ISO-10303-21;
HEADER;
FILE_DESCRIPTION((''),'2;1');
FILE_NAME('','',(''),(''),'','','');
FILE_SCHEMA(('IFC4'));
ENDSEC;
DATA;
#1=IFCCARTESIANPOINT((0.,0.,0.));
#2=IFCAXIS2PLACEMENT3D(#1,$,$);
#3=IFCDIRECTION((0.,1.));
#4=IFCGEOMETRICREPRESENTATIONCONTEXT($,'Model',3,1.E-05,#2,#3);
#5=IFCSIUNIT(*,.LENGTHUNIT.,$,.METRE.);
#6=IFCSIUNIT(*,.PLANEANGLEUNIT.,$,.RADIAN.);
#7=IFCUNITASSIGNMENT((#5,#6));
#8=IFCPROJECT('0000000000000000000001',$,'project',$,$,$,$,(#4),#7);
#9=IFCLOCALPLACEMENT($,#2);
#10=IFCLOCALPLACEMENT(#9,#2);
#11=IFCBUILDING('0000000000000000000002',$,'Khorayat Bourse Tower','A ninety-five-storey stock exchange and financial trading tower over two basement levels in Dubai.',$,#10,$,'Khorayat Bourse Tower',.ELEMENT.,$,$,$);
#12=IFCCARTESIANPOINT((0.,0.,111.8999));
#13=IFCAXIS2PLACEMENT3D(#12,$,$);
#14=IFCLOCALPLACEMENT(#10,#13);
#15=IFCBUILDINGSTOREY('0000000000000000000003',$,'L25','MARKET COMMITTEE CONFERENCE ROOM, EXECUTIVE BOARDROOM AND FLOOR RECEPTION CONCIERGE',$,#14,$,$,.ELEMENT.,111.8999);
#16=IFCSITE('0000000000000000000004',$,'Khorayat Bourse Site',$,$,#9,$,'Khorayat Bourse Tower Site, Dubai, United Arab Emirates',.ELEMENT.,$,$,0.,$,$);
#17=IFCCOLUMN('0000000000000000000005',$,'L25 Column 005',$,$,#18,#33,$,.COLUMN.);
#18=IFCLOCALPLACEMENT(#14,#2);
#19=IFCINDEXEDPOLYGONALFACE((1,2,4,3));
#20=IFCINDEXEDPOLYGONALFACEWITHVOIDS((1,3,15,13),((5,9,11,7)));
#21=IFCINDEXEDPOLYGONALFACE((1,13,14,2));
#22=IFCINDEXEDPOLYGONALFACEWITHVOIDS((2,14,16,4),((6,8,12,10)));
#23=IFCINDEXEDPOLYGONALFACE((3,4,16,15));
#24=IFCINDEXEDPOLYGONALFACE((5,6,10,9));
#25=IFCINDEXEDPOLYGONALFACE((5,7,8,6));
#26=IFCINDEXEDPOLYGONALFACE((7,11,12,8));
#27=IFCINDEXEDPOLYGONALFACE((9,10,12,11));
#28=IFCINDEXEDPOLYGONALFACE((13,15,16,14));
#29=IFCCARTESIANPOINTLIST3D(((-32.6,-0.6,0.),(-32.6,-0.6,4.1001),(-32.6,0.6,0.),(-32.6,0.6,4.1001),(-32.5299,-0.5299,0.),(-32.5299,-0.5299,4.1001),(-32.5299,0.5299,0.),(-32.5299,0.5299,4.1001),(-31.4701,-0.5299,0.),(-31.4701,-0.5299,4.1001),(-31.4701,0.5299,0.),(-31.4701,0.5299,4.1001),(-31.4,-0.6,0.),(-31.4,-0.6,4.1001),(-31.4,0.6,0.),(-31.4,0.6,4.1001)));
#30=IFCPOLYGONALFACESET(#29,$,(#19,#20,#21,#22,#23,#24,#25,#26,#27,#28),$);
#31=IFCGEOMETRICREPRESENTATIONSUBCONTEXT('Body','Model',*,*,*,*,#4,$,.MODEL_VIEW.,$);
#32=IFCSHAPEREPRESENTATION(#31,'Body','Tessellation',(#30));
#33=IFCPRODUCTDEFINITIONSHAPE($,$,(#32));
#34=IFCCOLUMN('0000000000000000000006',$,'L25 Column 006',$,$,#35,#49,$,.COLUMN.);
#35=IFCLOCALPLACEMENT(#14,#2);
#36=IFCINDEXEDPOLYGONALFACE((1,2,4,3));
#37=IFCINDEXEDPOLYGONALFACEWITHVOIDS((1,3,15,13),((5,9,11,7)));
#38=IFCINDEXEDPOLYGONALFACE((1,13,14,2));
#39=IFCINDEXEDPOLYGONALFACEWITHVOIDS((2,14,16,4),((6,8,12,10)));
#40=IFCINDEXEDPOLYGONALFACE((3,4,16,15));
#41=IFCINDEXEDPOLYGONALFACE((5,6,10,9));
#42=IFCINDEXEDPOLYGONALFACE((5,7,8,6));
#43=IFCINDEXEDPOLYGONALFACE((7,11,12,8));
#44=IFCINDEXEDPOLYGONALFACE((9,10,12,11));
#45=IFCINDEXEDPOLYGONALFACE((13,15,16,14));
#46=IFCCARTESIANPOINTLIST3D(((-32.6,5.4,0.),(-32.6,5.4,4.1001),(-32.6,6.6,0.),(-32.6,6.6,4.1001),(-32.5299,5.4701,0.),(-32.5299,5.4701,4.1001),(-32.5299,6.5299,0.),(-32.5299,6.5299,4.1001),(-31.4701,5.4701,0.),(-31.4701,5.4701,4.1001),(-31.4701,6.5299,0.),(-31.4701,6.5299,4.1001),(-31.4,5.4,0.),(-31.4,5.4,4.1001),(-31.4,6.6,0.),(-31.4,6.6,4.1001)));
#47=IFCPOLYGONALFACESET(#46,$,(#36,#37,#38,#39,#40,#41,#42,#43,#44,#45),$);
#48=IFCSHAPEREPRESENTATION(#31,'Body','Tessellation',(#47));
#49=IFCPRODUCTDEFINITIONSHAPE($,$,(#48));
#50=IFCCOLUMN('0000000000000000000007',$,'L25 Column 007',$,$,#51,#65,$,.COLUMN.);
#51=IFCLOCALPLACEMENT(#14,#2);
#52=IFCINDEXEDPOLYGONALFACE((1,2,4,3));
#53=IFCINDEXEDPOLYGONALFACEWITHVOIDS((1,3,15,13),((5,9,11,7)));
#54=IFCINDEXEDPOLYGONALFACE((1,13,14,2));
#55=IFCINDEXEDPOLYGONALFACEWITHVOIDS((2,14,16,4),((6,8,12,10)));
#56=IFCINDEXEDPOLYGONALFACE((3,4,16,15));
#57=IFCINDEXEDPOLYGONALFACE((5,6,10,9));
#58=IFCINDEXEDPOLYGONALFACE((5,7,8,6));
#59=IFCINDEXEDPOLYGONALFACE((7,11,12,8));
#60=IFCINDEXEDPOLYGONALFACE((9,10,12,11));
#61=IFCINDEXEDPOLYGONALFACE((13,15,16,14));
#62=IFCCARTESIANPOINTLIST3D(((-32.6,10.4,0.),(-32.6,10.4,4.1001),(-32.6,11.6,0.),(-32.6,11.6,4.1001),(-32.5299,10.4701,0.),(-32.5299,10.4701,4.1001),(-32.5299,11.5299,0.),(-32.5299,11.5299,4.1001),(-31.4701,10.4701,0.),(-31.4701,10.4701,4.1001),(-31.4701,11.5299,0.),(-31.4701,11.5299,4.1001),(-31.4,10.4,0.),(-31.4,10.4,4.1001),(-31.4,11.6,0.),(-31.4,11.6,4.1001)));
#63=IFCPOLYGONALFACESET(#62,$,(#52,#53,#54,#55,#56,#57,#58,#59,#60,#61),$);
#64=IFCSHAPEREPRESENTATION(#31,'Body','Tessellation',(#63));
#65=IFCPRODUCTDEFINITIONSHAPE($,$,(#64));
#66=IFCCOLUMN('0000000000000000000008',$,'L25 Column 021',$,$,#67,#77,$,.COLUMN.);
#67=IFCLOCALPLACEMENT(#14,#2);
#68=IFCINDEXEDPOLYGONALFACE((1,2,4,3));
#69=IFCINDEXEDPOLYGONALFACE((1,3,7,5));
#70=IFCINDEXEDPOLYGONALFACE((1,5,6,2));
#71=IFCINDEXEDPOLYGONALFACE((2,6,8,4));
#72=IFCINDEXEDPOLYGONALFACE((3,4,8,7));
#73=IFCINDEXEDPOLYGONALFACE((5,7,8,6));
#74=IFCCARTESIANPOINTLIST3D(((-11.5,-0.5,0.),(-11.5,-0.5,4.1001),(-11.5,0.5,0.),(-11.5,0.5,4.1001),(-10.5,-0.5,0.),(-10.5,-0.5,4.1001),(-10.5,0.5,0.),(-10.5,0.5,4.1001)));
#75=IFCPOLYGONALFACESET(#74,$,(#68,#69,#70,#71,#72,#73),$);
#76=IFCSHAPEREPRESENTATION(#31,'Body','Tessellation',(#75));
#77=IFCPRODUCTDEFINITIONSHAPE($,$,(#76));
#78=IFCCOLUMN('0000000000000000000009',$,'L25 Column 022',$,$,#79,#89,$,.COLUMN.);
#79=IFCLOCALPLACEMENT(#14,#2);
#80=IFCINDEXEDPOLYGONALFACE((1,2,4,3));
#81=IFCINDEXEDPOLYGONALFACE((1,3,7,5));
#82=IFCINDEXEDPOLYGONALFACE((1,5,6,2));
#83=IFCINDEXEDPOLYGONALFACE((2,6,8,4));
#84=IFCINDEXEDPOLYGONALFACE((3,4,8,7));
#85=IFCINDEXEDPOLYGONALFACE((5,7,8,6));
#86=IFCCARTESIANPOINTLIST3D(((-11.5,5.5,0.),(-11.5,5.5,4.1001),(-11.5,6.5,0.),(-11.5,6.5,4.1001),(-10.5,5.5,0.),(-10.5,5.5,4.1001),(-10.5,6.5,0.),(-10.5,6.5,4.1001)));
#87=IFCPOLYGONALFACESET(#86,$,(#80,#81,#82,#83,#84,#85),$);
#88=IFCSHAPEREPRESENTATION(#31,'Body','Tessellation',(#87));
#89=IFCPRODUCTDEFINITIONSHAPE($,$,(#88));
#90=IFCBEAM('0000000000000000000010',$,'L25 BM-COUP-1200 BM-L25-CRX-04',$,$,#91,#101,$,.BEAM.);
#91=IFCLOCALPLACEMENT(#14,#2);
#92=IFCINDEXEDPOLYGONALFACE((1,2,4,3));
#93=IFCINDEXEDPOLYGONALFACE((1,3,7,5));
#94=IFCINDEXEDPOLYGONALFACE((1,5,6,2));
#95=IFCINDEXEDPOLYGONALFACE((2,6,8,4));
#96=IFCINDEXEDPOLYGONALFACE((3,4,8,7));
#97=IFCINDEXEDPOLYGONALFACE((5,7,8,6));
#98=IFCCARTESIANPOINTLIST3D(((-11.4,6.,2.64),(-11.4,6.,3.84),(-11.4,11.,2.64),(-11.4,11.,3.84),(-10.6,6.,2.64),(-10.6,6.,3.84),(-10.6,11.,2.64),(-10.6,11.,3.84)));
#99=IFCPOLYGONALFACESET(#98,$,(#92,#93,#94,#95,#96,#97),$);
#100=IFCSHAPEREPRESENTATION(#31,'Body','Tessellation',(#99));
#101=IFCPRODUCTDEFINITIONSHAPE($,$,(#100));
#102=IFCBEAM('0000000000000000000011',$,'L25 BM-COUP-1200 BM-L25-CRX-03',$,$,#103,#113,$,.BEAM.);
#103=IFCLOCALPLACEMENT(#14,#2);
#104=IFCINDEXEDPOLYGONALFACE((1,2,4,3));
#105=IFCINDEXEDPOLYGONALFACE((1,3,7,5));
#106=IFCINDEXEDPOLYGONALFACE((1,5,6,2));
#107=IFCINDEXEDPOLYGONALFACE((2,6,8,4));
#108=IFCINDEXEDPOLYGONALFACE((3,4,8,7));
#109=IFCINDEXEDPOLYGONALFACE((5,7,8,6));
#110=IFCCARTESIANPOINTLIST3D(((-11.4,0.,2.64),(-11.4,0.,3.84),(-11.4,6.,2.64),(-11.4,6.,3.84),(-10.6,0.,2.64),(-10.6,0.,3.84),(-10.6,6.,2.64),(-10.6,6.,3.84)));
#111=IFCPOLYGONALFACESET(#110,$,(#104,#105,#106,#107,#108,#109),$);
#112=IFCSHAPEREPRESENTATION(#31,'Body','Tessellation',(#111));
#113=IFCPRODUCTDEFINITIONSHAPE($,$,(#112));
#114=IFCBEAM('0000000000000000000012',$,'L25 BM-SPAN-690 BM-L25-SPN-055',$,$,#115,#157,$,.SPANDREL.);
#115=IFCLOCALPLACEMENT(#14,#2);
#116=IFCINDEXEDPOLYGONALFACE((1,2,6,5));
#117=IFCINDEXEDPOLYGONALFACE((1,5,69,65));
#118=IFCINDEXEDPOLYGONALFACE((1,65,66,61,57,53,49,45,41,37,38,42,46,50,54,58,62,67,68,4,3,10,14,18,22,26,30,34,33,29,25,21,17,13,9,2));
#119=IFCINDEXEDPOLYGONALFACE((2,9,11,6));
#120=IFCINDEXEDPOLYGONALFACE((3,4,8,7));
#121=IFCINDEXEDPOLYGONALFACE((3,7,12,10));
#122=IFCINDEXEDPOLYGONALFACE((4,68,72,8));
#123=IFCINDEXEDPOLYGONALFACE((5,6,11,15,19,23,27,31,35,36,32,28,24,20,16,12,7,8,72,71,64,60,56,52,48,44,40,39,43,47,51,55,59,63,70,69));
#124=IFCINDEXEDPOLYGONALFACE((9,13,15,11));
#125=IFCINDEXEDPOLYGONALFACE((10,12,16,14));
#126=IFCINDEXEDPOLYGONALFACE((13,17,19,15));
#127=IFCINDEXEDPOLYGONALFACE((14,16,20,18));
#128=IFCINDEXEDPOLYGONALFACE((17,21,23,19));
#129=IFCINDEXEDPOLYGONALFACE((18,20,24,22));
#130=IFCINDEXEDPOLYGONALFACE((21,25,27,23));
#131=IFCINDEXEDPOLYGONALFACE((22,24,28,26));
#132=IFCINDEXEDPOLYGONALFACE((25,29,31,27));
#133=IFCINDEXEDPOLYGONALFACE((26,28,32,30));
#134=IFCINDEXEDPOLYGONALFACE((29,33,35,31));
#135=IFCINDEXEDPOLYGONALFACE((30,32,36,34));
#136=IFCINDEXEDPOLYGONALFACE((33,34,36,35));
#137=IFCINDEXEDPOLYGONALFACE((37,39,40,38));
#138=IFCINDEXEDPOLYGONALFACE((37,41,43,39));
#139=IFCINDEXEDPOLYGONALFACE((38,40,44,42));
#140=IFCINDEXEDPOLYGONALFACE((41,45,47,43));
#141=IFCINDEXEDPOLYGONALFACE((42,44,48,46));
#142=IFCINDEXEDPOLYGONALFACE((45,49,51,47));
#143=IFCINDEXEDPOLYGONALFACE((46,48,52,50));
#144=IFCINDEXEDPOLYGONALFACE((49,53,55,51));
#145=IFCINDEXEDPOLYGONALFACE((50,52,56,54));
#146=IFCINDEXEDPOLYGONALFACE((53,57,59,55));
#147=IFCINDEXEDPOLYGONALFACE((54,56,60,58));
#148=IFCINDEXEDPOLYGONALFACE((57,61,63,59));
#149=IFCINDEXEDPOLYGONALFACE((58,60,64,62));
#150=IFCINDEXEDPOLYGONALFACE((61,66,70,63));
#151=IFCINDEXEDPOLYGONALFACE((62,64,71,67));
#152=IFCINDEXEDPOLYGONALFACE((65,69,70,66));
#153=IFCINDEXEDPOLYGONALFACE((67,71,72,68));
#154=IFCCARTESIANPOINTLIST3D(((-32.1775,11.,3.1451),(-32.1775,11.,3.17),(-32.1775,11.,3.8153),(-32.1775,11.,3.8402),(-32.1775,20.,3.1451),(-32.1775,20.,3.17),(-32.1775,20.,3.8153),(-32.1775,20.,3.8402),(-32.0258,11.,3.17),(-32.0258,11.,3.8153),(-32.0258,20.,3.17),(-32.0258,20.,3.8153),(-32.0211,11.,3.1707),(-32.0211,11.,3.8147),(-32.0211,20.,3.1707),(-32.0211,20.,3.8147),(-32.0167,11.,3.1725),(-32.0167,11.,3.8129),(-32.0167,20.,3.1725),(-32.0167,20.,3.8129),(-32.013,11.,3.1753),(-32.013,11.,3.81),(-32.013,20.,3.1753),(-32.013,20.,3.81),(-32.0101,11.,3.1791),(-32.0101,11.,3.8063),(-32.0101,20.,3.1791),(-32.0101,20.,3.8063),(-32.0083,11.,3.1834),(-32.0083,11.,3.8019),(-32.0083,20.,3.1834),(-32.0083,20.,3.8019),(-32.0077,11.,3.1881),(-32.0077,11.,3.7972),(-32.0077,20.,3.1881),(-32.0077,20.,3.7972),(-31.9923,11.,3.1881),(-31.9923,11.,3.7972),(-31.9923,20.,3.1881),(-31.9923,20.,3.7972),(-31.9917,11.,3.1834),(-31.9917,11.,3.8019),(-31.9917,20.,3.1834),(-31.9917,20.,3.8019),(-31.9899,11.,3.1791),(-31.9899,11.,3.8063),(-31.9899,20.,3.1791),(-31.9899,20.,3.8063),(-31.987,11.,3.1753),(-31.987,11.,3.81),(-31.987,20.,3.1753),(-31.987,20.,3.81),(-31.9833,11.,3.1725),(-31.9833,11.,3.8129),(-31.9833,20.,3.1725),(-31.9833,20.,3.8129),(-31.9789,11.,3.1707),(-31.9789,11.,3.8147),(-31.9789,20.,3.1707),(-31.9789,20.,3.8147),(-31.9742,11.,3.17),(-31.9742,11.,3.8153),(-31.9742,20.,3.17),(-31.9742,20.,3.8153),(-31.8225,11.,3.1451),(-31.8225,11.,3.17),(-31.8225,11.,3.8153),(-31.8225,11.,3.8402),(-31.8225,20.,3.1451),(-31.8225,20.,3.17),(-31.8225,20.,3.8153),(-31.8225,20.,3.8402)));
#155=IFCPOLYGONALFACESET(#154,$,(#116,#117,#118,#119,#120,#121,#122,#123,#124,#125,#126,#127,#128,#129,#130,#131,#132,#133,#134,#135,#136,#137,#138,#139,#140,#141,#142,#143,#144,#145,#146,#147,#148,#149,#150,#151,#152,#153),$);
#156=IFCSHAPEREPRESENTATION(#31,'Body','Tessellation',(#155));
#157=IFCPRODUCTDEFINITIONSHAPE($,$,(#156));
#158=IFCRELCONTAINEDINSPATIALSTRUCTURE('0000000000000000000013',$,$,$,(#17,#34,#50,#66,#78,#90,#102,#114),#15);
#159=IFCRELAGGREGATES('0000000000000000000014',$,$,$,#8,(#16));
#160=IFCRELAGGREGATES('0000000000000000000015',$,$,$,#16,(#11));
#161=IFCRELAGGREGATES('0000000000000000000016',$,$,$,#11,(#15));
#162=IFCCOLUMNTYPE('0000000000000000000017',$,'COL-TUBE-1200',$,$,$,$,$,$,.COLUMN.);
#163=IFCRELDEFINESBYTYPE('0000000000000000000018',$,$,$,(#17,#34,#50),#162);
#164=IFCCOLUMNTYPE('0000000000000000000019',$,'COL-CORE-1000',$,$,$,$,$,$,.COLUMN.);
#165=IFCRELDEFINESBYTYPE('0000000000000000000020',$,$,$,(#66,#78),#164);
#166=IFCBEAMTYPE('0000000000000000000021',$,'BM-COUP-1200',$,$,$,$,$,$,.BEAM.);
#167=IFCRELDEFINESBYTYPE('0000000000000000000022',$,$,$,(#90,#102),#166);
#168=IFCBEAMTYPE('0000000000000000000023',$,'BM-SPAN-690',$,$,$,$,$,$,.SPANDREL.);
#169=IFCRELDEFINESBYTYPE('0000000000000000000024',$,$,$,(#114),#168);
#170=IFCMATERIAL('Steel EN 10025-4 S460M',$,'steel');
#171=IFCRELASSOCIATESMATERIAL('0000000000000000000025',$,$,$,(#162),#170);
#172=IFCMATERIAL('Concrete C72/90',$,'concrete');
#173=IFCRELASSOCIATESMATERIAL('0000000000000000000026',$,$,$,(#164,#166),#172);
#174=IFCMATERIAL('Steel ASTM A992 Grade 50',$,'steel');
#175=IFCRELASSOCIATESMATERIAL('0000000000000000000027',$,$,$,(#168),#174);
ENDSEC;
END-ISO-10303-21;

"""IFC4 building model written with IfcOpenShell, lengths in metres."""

from ifc_helpers import new_model, si_unit, direction, frame, origin, origin_2d, place, context, subcontext, project, spatial, rectangle, hollow_rectangle, i_section, extrude, source, transform, mapped, material, material_profile, profile_set, type_object, element, save


model = new_model("IFC4")

# Units and contexts
model_context = context("Model", 3, precision=1e-05, world=origin(), true_north=direction((0.0, 1.0)))
body_context = subcontext(model_context, "Body", "Model", "MODEL_VIEW")
ifc_project = project(units=[si_unit("LENGTHUNIT", "METRE"), si_unit("PLANEANGLEUNIT", "RADIAN")], contexts=[model_context])

# Site, building, storey
site_placement = place(None, origin())
site = spatial("IfcSite", under=ifc_project, at=site_placement, Name="Khorayat Bourse Site", LongName="Khorayat Bourse Tower Site, Dubai, United Arab Emirates", CompositionType="ELEMENT", RefElevation=0.0)
building_placement = place(site_placement, origin())
building = spatial("IfcBuilding", under=site, at=building_placement, Name="Khorayat Bourse Tower", Description="A ninety-five-storey stock exchange and financial trading tower over two basement levels in Dubai.", LongName="Khorayat Bourse Tower", CompositionType="ELEMENT")
storey_placement = place(building_placement, frame((0.0, 0.0, 111.8999)))
storey = spatial("IfcBuildingStorey", under=building, at=storey_placement, Name="L25", Description="MARKET COMMITTEE CONFERENCE ROOM, EXECUTIVE BOARDROOM AND FLOOR RECEPTION CONCIERGE", CompositionType="ELEMENT", Elevation=111.8999)

# Columns
ifc_material_1 = material(Name="Steel EN 10025-4 S460M", Category="steel")
ifc_material_profile_1 = material_profile(ifc_material_1, hollow_rectangle(XDim=1.2, YDim=1.2, WallThickness=0.0701, at=origin_2d()), Name="BOX 1200x1200x70")
ifc_profile_set_1 = profile_set([ifc_material_profile_1], Name="Steel EN 10025-4 S460M")
column_type_1 = type_object("IfcColumnType", Name="COL-TUBE-1200", PredefinedType="COLUMN", material=ifc_profile_set_1)
shared_shape_1 = source(origin(), body_context, "Body", "SweptSolid", [
    extrude(hollow_rectangle(XDim=1.2, YDim=1.2, WallThickness=0.0701, at=origin_2d()), origin(), (0.0, 0.0, 1.0), 4.1001),
])
for number, where, z_axis, x_axis, name in (
    (1, (-32.0, 0.0, 0.0), (0.0, 0.0, 1.0), (1.0, 0.0, 0.0), "L25 Column 005"),
    (2, (-32.0, 6.0, 0.0), (0.0, 0.0, 1.0), (1.0, 0.0, 0.0), "L25 Column 006"),
    (3, (-32.0, 11.0, 0.0), (0.0, 0.0, 1.0), (1.0, 0.0, 0.0), "L25 Column 007"),
):
    element("IfcColumn", number, at=place(storey_placement, frame(where, z_axis=z_axis, x_axis=x_axis)), inside=storey, type_object=column_type_1, Name=name, PredefinedType="COLUMN", context=body_context, shape_type="MappedRepresentation", body=[
        mapped(shared_shape_1, transform((0.0, 0.0, 0.0), scale=1.0)),
    ])
ifc_material_2 = material(Name="Concrete C72/90", Category="concrete")
ifc_material_profile_2 = material_profile(ifc_material_2, rectangle(XDim=1.0, YDim=1.0, at=origin_2d()), Name="RC 1000x1000")
ifc_profile_set_2 = profile_set([ifc_material_profile_2], Name="Concrete C72/90")
column_type_2 = type_object("IfcColumnType", Name="COL-CORE-1000", PredefinedType="COLUMN", material=ifc_profile_set_2)
shared_shape_2 = source(origin(), body_context, "Body", "SweptSolid", [
    extrude(rectangle(XDim=1.0, YDim=1.0, at=origin_2d()), origin(), (0.0, 0.0, 1.0), 4.1001),
])
for number, where, z_axis, x_axis, name in (
    (4, (-11.0, 0.0, 0.0), (0.0, 0.0, 1.0), (1.0, 0.0, 0.0), "L25 Column 021"),
    (5, (-11.0, 6.0, 0.0), (0.0, 0.0, 1.0), (1.0, 0.0, 0.0), "L25 Column 022"),
):
    element("IfcColumn", number, at=place(storey_placement, frame(where, z_axis=z_axis, x_axis=x_axis)), inside=storey, type_object=column_type_2, Name=name, PredefinedType="COLUMN", context=body_context, shape_type="MappedRepresentation", body=[
        mapped(shared_shape_2, transform((0.0, 0.0, 0.0), scale=1.0)),
    ])

# Beams
ifc_material_profile_3 = material_profile(ifc_material_2, rectangle(XDim=0.8, YDim=1.2, at=origin_2d()), Name="RC 800x1200")
ifc_profile_set_3 = profile_set([ifc_material_profile_3], Name="Concrete C72/90")
beam_type_1 = type_object("IfcBeamType", Name="BM-COUP-1200", PredefinedType="BEAM", material=ifc_profile_set_3)
shared_shape_3 = source(origin(), body_context, "Body", "SweptSolid", [
    extrude(rectangle(XDim=0.8, YDim=1.2, at=origin_2d()), origin(), (0.0, 0.0, 1.0), 5.0),
])
beam_1_placement = place(storey_placement, frame((-11.0, 6.0, 3.24), z_axis=(0.0, 1.0, 0.0), x_axis=(-1.0, 0.0, 0.0)))
element("IfcBeam", 6, at=beam_1_placement, inside=storey, type_object=beam_type_1, Name="L25 BM-COUP-1200 BM-L25-CRX-04", PredefinedType="BEAM", context=body_context, shape_type="MappedRepresentation", body=[
    mapped(shared_shape_3, transform((0.0, 0.0, 0.0), scale=1.0)),
])
shared_shape_4 = source(origin(), body_context, "Body", "SweptSolid", [
    extrude(rectangle(XDim=0.8, YDim=1.2, at=origin_2d()), origin(), (0.0, 0.0, 1.0), 6.0),
])
beam_2_placement = place(storey_placement, frame((-11.0, 0.0, 3.24), z_axis=(0.0, 1.0, 0.0), x_axis=(-1.0, 0.0, 0.0)))
element("IfcBeam", 7, at=beam_2_placement, inside=storey, type_object=beam_type_1, Name="L25 BM-COUP-1200 BM-L25-CRX-03", PredefinedType="BEAM", context=body_context, shape_type="MappedRepresentation", body=[
    mapped(shared_shape_4, transform((0.0, 0.0, 0.0), scale=1.0)),
])
ifc_material_3 = material(Name="Steel ASTM A992 Grade 50", Category="steel")
ifc_material_profile_4 = material_profile(ifc_material_3, i_section(OverallWidth=0.355, OverallDepth=0.6951, WebThickness=0.0154, FlangeThickness=0.0249, FilletRadius=0.0181, at=origin_2d()), Name="W690X217")
ifc_profile_set_4 = profile_set([ifc_material_profile_4], Name="Steel ASTM A992 Grade 50")
beam_type_2 = type_object("IfcBeamType", Name="BM-SPAN-690", PredefinedType="SPANDREL", material=ifc_profile_set_4)
shared_shape_5 = source(origin(), body_context, "Body", "SweptSolid", [
    extrude(i_section(OverallWidth=0.355, OverallDepth=0.6951, WebThickness=0.0154, FlangeThickness=0.0249, FilletRadius=0.0181, at=origin_2d()), origin(), (0.0, 0.0, 1.0), 9.0),
])
beam_3_placement = place(storey_placement, frame((-32.0, 11.0, 3.4927), z_axis=(0.0, 1.0, 0.0), x_axis=(-1.0, 0.0, 0.0)))
element("IfcBeam", 8, at=beam_3_placement, inside=storey, type_object=beam_type_2, Name="L25 BM-SPAN-690 BM-L25-SPN-055", PredefinedType="SPANDREL", context=body_context, shape_type="MappedRepresentation", body=[
    mapped(shared_shape_5, transform((0.0, 0.0, 0.0), scale=1.0)),
])

save(model, "model.ifc")
